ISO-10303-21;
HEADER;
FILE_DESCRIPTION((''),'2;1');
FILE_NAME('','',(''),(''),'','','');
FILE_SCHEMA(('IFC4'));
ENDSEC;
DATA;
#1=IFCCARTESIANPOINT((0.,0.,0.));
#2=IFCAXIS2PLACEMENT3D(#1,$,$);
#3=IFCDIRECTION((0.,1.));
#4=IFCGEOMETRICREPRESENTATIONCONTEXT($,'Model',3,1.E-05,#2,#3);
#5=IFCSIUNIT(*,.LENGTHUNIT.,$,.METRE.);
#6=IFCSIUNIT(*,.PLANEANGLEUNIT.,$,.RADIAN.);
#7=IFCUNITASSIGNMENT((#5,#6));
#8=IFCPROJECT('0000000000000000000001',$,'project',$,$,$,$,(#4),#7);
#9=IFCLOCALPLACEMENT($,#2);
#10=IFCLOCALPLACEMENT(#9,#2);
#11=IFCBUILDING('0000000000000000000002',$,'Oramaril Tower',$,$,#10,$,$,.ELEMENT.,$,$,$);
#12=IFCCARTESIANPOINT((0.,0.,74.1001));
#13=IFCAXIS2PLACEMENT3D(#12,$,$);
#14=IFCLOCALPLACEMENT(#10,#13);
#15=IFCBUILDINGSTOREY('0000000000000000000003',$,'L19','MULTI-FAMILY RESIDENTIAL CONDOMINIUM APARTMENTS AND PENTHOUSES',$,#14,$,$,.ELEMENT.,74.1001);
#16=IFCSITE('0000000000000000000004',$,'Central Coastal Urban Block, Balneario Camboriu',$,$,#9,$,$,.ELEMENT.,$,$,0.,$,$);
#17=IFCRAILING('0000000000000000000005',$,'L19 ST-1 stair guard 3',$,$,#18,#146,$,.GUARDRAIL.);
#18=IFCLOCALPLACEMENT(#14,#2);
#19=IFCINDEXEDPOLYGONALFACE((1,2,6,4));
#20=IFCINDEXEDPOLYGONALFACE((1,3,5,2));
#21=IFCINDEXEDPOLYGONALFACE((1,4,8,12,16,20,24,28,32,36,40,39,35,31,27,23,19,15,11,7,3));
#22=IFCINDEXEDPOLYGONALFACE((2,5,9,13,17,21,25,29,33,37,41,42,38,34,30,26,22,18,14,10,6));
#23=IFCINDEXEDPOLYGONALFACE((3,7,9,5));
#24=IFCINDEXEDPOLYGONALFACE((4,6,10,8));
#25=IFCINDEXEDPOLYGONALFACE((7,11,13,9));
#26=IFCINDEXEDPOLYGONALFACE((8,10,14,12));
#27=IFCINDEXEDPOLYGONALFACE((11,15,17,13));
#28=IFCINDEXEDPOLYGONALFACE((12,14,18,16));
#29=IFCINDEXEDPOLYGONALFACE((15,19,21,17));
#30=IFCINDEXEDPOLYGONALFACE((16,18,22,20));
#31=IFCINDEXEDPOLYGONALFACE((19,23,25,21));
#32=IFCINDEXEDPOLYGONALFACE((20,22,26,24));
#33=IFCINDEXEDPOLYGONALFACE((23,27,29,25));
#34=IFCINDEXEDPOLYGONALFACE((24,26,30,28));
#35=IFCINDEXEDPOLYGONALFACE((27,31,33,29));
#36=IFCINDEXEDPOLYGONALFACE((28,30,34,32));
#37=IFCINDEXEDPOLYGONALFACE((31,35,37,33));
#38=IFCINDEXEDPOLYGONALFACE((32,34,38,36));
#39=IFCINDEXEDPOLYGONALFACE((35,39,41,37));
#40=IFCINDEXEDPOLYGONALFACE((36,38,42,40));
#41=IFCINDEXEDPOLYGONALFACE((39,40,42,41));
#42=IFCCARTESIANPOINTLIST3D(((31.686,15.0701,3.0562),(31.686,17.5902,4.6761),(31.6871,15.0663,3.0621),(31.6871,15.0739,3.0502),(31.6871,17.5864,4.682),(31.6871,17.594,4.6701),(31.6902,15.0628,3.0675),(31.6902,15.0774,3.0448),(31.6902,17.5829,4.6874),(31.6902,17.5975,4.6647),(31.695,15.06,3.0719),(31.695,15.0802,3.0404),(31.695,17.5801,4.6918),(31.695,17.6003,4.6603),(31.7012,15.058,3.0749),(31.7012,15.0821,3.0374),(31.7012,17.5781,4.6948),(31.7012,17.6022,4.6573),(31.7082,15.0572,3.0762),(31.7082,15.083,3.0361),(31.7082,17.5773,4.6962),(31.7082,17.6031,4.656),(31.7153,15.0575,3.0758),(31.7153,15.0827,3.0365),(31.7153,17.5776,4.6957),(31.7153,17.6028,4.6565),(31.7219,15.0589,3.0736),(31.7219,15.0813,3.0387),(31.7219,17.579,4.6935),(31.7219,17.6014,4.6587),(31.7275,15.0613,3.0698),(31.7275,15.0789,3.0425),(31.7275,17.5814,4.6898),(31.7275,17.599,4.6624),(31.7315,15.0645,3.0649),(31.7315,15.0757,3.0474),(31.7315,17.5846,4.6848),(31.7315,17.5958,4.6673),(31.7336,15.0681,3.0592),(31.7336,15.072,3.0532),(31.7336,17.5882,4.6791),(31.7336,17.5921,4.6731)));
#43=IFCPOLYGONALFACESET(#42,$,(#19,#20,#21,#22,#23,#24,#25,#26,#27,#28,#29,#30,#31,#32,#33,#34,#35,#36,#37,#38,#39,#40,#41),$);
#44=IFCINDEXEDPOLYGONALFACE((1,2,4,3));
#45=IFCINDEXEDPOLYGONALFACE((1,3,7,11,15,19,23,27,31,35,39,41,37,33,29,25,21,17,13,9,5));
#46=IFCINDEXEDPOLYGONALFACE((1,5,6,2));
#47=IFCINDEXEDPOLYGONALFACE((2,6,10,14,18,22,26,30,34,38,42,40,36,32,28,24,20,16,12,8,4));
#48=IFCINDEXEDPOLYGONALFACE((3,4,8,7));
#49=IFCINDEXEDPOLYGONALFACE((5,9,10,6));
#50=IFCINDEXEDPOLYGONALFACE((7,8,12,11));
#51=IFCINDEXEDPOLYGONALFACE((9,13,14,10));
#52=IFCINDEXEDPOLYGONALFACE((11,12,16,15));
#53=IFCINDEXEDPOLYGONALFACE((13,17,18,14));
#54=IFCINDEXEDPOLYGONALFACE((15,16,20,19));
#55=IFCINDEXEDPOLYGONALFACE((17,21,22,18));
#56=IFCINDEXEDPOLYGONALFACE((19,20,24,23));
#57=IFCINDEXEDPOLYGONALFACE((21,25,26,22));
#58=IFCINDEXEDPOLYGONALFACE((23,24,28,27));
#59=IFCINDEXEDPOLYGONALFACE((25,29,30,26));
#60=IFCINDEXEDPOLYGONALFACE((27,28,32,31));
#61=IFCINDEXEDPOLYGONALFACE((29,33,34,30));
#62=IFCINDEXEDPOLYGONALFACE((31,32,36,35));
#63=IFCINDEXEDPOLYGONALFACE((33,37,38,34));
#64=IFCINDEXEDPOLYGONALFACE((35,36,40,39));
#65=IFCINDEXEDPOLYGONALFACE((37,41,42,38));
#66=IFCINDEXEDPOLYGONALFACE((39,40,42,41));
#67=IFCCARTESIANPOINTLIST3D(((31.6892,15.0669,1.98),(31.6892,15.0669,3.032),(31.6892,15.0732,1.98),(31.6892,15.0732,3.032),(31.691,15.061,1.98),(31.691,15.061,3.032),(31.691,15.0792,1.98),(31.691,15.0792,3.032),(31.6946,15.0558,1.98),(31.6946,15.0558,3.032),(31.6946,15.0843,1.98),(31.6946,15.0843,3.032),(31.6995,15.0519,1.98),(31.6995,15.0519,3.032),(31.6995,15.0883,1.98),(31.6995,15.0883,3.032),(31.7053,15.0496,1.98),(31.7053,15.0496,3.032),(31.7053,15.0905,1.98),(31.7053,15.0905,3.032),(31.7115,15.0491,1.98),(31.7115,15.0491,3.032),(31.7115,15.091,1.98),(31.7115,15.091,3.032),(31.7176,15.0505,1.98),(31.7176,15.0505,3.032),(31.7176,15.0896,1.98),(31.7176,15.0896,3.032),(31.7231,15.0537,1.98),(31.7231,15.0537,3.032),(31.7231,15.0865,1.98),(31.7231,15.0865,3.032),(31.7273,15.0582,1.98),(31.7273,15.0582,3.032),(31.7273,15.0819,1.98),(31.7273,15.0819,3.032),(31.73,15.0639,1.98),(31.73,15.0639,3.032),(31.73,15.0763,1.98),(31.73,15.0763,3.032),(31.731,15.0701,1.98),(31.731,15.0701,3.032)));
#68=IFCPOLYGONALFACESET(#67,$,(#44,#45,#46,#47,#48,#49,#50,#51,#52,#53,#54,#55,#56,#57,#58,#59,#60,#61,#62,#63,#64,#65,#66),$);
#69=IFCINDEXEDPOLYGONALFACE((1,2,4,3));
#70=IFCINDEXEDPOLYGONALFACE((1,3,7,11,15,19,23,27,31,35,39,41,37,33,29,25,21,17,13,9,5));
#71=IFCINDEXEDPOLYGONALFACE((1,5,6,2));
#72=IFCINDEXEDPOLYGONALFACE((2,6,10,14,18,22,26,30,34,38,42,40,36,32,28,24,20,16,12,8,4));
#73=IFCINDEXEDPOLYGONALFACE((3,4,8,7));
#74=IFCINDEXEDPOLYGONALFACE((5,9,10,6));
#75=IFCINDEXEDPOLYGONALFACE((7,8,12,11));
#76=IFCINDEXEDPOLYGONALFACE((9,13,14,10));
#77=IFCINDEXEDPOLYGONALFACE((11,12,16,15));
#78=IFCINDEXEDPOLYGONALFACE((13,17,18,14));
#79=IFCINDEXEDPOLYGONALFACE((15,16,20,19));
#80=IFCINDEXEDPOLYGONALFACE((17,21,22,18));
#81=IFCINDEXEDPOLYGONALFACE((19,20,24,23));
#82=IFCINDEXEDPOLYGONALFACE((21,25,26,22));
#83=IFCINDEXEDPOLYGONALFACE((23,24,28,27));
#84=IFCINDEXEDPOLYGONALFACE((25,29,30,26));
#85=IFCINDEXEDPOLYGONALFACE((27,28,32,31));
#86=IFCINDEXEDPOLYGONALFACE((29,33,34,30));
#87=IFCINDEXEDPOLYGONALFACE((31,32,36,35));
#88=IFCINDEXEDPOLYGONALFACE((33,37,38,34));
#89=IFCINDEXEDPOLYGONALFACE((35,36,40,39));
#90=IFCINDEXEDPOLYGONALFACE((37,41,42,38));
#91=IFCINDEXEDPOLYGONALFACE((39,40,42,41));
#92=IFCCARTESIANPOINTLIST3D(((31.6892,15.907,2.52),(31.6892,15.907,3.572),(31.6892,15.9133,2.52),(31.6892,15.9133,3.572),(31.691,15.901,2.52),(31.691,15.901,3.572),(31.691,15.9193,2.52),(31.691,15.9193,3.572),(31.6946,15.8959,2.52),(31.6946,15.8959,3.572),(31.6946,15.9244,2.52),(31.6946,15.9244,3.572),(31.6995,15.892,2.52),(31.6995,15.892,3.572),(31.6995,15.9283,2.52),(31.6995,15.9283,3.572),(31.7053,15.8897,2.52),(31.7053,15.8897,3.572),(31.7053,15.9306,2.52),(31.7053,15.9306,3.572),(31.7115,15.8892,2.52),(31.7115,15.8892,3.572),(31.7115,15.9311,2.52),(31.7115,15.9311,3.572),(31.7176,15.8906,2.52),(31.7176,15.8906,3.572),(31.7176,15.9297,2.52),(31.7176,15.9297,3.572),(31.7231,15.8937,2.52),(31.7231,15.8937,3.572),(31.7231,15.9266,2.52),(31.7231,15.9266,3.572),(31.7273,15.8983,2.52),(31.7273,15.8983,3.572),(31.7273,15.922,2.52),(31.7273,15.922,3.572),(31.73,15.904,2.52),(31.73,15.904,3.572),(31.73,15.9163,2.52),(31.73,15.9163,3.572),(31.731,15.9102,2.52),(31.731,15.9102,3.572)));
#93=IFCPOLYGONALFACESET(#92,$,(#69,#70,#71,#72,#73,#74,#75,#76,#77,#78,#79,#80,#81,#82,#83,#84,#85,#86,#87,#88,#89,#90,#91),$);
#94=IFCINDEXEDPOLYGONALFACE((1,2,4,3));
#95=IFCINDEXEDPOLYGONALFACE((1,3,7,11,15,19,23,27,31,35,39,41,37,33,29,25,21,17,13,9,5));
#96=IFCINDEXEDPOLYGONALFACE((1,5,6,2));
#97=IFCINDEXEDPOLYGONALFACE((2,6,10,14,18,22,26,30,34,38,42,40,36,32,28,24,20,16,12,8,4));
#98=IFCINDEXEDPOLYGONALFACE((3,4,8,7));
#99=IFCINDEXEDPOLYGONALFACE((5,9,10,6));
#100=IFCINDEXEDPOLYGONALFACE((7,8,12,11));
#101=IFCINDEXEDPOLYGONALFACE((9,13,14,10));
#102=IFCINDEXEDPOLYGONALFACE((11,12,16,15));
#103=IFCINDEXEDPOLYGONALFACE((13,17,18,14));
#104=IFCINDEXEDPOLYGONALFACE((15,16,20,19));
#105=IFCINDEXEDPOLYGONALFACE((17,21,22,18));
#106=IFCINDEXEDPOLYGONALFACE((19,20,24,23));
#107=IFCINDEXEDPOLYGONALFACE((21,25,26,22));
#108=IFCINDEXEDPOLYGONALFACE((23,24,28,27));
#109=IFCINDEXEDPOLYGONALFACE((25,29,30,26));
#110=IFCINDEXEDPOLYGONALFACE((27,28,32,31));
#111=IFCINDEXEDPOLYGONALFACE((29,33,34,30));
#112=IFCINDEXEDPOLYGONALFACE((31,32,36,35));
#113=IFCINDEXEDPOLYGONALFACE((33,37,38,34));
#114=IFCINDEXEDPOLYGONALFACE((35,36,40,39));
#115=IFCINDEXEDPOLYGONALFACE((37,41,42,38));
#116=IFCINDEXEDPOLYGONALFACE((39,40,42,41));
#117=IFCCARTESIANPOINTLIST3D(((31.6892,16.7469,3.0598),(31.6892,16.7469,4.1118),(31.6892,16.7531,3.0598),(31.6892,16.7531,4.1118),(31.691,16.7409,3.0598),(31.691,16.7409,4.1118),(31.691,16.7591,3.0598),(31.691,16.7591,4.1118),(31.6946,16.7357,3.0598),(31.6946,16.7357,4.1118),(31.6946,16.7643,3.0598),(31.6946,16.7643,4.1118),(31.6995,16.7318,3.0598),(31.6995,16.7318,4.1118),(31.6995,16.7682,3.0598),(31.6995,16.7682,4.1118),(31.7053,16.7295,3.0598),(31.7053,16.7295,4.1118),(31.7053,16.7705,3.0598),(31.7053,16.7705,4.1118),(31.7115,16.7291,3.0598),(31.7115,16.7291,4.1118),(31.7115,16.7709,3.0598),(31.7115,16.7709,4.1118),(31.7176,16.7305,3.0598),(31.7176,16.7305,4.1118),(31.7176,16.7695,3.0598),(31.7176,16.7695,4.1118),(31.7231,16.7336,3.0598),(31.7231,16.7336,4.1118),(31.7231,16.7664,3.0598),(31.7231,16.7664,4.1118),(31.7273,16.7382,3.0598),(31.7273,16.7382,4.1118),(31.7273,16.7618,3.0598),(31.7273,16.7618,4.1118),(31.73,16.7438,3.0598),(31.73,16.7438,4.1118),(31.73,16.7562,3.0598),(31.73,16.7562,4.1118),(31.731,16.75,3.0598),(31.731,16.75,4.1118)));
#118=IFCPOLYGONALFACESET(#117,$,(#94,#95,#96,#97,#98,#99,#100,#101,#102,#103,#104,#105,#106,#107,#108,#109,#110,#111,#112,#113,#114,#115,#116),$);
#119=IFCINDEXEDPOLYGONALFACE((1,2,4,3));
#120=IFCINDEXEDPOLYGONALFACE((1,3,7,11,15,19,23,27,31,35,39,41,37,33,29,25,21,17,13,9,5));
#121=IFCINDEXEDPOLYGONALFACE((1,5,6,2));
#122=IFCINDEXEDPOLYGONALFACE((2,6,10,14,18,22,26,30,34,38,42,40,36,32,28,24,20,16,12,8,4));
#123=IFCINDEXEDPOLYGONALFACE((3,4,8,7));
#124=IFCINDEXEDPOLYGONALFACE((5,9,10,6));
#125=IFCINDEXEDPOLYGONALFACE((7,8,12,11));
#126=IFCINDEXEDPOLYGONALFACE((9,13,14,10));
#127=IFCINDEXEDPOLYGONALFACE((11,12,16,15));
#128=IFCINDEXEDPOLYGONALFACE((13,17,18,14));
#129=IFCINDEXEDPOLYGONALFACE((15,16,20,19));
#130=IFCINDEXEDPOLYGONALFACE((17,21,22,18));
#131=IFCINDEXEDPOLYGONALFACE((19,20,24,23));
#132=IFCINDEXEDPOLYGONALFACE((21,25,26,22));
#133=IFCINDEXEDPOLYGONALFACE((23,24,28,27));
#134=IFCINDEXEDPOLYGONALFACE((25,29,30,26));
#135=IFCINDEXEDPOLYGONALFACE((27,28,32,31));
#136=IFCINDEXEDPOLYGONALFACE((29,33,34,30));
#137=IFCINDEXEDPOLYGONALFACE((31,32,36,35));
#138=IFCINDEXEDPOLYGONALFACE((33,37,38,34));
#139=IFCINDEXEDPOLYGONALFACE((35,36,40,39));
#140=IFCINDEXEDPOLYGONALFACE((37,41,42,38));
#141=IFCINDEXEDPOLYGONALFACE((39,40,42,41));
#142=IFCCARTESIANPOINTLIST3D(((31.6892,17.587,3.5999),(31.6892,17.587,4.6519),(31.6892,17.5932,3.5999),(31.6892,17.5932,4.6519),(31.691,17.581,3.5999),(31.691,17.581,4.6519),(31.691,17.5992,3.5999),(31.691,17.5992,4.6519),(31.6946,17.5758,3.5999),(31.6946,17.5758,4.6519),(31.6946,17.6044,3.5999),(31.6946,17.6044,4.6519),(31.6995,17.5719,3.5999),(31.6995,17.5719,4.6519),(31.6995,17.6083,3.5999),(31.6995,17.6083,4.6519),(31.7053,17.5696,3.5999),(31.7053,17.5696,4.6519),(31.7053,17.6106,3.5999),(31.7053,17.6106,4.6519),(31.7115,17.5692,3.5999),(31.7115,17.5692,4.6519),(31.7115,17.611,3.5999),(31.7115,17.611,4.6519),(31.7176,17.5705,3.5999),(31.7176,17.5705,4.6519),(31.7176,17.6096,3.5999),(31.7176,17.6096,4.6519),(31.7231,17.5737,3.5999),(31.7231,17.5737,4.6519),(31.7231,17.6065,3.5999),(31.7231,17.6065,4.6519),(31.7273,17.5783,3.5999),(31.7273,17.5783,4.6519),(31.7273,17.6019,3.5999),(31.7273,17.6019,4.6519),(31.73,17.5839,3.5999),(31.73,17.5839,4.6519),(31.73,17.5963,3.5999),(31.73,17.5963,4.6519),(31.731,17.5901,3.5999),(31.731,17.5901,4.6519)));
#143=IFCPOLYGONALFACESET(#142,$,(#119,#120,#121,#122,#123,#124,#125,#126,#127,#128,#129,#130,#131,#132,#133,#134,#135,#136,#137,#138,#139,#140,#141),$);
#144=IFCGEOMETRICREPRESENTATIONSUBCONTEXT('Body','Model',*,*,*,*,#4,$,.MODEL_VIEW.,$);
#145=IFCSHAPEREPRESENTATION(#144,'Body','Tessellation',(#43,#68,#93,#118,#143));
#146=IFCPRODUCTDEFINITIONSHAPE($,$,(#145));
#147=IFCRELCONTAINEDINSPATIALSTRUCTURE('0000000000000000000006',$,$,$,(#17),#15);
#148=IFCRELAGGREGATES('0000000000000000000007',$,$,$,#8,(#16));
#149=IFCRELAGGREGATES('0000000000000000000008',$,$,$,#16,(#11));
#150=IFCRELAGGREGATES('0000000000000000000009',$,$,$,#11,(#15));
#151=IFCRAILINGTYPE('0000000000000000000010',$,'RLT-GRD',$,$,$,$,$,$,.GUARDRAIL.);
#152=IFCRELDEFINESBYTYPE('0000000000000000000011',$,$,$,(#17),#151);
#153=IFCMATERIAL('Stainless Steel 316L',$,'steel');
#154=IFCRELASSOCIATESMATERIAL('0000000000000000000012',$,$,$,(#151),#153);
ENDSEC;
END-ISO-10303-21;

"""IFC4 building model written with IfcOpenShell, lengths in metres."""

from ifc_helpers import new_model, si_unit, direction, frame, origin, origin_2d, place, context, subcontext, project, spatial, circle, extrude, material, type_object, element, save


model = new_model("IFC4")

# Units and contexts
model_context = context("Model", 3, precision=1e-05, world=origin(), true_north=direction((0.0, 1.0)))
body_context = subcontext(model_context, "Body", "Model", "MODEL_VIEW")
ifc_project = project(units=[si_unit("LENGTHUNIT", "METRE"), si_unit("PLANEANGLEUNIT", "RADIAN")], contexts=[model_context])

# Site, building, storey
site_placement = place(None, origin())
site = spatial("IfcSite", under=ifc_project, at=site_placement, Name="Central Coastal Urban Block, Balneario Camboriu", CompositionType="ELEMENT", RefElevation=0.0)
building_placement = place(site_placement, origin())
building = spatial("IfcBuilding", under=site, at=building_placement, Name="Oramaril Tower", CompositionType="ELEMENT")
storey_placement = place(building_placement, frame((0.0, 0.0, 74.1001)))
storey = spatial("IfcBuildingStorey", under=building, at=storey_placement, Name="L19", Description="MULTI-FAMILY RESIDENTIAL CONDOMINIUM APARTMENTS AND PENTHOUSES", CompositionType="ELEMENT", Elevation=74.1001)

# Railing
ifc_material_1 = material(Name="Stainless Steel 316L", Category="steel")
railing_type_1 = type_object("IfcRailingType", Name="RLT-GRD", PredefinedType="GUARDRAIL", material=ifc_material_1)
railing_1_placement = place(storey_placement, frame((31.71, 15.0701, 1.98)))
element("IfcRailing", 1, at=railing_1_placement, inside=storey, type_object=railing_type_1, Name="L19 ST-1 stair guard 3", PredefinedType="GUARDRAIL", context=body_context, shape_type="SweptSolid", body=[
    extrude(circle(Radius=0.0239, at=origin_2d()), frame((0.0, 0.0, 1.0762), z_axis=(0.0, 0.8412, 0.540725), x_axis=(-1.0, 0.0, 0.0)), (0.0, 0.0, 1.0), 2.9958),
    extrude(circle(Radius=0.021, at=origin_2d()), origin(), (0.0, 0.0, 1.0), 1.052),
    extrude(circle(Radius=0.021, at=origin_2d()), frame((0.0, 0.8401, 0.54)), (0.0, 0.0, 1.0), 1.052),
    extrude(circle(Radius=0.021, at=origin_2d()), frame((0.0, 1.6799, 1.0798)), (0.0, 0.0, 1.0), 1.052),
    extrude(circle(Radius=0.021, at=origin_2d()), frame((0.0, 2.52, 1.6199)), (0.0, 0.0, 1.0), 1.052),
])

save(model, "model.ifc")
